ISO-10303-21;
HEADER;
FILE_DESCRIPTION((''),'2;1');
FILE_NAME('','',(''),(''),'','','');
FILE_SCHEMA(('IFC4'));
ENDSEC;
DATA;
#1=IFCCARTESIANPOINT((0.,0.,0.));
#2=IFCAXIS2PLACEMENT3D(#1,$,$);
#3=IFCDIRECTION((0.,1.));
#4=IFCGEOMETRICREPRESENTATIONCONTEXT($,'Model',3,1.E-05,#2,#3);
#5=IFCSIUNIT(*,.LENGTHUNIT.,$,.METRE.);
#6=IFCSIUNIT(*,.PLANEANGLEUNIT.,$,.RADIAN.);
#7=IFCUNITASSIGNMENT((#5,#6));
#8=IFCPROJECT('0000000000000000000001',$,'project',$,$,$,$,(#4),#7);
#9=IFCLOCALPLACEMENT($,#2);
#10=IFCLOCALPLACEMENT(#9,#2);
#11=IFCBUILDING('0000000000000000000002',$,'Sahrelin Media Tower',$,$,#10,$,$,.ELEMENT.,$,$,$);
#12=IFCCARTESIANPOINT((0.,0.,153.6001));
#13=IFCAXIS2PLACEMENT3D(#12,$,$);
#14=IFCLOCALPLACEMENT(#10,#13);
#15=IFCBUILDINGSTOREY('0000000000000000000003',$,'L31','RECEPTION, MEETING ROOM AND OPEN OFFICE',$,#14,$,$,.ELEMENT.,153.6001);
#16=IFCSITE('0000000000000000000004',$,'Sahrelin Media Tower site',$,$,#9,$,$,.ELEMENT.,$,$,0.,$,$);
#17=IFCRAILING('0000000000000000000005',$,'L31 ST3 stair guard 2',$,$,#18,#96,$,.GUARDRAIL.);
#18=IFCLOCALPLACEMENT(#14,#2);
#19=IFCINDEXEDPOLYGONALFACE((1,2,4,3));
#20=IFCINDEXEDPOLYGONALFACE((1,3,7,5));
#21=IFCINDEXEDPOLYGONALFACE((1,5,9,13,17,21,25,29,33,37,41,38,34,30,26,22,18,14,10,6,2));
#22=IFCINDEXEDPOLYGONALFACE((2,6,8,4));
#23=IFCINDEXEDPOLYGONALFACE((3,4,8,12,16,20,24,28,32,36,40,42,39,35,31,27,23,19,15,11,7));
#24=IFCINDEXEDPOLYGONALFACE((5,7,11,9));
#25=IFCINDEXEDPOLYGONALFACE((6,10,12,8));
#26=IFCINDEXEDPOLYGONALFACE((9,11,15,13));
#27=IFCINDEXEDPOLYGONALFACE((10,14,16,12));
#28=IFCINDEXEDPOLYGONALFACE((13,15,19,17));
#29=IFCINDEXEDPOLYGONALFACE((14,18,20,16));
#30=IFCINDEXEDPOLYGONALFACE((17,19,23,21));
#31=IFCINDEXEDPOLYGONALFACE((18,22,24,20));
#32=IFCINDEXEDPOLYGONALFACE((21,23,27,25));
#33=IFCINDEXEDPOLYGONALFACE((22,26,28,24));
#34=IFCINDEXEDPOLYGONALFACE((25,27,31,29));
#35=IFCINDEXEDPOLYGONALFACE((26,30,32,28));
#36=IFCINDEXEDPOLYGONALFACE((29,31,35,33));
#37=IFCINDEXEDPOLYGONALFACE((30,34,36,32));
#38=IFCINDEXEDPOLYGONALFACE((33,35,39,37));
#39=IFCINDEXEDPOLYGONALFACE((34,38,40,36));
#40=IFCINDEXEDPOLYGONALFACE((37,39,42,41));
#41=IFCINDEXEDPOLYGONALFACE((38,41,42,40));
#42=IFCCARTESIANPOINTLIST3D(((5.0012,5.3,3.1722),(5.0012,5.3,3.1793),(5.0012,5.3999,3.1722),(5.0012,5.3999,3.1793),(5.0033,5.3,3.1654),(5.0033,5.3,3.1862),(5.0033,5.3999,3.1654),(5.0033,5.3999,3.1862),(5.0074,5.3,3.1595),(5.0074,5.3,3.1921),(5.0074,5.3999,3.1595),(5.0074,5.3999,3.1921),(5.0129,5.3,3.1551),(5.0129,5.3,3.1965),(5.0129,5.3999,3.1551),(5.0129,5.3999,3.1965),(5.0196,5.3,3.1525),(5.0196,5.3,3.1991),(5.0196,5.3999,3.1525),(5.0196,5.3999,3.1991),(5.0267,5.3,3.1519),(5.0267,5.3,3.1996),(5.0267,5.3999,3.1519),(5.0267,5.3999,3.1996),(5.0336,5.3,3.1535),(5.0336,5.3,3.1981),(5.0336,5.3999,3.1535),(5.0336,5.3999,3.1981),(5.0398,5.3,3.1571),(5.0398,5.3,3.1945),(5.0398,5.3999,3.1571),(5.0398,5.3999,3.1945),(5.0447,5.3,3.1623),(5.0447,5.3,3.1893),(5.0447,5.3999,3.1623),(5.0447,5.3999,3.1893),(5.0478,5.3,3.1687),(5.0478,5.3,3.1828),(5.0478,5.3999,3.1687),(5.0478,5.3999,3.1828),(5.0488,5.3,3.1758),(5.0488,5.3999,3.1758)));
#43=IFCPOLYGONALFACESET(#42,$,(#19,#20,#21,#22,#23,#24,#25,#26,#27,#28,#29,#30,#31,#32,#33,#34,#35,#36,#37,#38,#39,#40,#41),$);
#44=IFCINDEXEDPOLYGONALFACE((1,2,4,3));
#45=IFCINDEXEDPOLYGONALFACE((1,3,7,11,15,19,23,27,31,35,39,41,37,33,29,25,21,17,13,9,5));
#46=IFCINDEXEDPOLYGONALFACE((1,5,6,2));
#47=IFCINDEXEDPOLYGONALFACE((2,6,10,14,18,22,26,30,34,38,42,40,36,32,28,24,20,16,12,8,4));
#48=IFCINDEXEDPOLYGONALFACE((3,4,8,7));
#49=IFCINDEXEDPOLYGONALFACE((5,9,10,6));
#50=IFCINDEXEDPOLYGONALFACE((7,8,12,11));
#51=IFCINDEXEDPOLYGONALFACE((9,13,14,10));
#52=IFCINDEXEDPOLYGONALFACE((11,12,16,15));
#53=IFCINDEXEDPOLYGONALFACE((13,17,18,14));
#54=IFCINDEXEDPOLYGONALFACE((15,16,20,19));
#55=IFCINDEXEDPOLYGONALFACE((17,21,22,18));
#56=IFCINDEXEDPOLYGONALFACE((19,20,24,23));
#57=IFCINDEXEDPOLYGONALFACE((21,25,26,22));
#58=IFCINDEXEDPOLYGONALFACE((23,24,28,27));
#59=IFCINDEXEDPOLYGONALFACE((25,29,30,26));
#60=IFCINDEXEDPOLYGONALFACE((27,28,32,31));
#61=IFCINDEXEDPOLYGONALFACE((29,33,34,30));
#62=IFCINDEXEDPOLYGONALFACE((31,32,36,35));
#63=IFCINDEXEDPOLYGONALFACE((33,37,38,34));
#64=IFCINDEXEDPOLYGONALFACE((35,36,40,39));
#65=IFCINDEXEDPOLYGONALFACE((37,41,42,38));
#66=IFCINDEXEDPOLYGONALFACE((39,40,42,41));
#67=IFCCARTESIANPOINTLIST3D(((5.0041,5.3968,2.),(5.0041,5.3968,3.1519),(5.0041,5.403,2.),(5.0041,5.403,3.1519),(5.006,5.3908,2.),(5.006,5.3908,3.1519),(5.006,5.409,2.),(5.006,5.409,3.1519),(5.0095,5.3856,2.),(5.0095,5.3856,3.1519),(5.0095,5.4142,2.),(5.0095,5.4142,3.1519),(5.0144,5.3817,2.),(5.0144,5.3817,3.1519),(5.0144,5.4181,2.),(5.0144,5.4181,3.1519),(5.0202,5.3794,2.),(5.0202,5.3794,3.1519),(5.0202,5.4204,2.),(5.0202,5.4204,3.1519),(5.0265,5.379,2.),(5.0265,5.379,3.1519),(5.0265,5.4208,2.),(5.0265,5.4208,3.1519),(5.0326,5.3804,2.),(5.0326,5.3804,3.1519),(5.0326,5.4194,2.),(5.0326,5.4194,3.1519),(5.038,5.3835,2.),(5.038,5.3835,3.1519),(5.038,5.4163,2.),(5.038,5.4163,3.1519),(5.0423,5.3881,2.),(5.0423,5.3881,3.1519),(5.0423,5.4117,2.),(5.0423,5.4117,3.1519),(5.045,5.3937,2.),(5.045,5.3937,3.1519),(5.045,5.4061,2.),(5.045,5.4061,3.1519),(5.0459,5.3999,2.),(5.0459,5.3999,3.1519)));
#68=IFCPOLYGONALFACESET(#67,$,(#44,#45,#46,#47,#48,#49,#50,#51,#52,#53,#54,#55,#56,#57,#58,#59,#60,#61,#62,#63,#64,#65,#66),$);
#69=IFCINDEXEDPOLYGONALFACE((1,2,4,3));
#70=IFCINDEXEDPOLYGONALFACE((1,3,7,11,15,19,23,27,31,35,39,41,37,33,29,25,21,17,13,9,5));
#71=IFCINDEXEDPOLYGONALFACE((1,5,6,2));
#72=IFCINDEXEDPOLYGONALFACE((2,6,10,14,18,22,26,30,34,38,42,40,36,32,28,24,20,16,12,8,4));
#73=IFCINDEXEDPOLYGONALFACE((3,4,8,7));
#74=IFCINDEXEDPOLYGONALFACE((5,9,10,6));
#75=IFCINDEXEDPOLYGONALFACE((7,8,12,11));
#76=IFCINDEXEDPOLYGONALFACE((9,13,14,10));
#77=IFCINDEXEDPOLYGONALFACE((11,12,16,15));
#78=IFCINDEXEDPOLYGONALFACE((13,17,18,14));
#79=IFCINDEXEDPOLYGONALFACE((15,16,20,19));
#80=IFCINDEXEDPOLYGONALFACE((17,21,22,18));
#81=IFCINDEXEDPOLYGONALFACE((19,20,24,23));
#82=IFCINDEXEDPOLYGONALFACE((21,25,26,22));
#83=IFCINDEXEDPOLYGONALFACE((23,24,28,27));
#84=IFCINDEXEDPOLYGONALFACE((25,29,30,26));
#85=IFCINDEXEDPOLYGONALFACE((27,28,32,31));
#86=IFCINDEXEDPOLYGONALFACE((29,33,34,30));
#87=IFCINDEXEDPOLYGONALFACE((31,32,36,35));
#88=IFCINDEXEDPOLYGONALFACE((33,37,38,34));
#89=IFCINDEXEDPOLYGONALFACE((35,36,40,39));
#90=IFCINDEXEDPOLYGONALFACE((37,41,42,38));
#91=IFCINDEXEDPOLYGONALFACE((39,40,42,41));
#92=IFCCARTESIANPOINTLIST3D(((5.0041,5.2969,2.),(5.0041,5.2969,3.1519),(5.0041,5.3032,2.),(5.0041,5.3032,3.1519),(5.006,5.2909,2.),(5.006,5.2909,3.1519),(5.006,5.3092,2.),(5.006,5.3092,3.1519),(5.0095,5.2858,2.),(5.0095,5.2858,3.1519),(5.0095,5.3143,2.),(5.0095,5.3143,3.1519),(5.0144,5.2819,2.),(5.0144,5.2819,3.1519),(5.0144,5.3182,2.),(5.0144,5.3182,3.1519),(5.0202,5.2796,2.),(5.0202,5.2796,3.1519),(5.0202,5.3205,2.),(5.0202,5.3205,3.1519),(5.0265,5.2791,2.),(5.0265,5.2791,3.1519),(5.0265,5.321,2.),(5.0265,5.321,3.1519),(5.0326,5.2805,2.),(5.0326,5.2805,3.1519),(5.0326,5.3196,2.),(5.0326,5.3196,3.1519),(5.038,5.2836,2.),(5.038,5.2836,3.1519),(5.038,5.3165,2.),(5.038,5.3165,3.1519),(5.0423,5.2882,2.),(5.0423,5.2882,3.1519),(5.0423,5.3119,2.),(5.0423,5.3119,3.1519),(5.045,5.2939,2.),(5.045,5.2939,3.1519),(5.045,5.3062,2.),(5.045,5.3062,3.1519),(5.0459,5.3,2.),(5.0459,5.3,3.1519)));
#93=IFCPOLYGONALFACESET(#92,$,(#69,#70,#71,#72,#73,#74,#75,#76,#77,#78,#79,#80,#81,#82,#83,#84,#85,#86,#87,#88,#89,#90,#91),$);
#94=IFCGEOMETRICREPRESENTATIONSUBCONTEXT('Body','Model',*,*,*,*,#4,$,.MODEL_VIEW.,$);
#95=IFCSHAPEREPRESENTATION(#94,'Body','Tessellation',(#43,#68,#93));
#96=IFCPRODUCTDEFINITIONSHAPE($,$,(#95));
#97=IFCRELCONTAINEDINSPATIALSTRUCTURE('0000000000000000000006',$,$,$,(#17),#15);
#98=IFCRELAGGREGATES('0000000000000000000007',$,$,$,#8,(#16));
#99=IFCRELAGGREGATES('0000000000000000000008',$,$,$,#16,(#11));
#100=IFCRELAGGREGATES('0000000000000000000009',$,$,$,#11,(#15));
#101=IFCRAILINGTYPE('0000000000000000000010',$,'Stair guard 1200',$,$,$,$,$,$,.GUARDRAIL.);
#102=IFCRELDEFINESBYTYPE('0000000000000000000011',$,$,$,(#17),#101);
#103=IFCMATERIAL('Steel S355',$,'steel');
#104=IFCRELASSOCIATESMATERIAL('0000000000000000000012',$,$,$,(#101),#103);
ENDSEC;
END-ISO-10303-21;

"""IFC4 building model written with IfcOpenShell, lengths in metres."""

from ifc_helpers import new_model, si_unit, direction, frame, origin, origin_2d, place, context, subcontext, project, spatial, circle, extrude, material, type_object, element, save


model = new_model("IFC4")

# Units and contexts
model_context = context("Model", 3, precision=1e-05, world=origin(), true_north=direction((0.0, 1.0)))
body_context = subcontext(model_context, "Body", "Model", "MODEL_VIEW")
ifc_project = project(units=[si_unit("LENGTHUNIT", "METRE"), si_unit("PLANEANGLEUNIT", "RADIAN")], contexts=[model_context])

# Site, building, storey
site_placement = place(None, origin())
site = spatial("IfcSite", under=ifc_project, at=site_placement, Name="Sahrelin Media Tower site", CompositionType="ELEMENT", RefElevation=0.0)
building_placement = place(site_placement, origin())
building = spatial("IfcBuilding", under=site, at=building_placement, Name="Sahrelin Media Tower", CompositionType="ELEMENT")
storey_placement = place(building_placement, frame((0.0, 0.0, 153.6001)))
storey = spatial("IfcBuildingStorey", under=building, at=storey_placement, Name="L31", Description="RECEPTION, MEETING ROOM AND OPEN OFFICE", CompositionType="ELEMENT", Elevation=153.6001)

# Shared definitions
ifc_material_1 = material(Name="Steel S355", Category="steel")

# Railing
railing_type_1 = type_object("IfcRailingType", Name="Stair guard 1200", PredefinedType="GUARDRAIL", material=ifc_material_1)
railing_1_placement = place(storey_placement, frame((5.0249, 5.3999, 2.0)))
element("IfcRailing", 1, at=railing_1_placement, inside=storey, type_object=railing_type_1, Name="L31 ST3 stair guard 2", PredefinedType="GUARDRAIL", context=body_context, shape_type="SweptSolid", body=[
    extrude(circle(Radius=0.0239, at=origin_2d()), frame((0.0, 0.0, 1.1758), z_axis=(0.0, -1.0, 0.0), x_axis=(1.0, 0.0, 0.0)), (0.0, 0.0, 1.0), 0.0999),
    extrude(circle(Radius=0.021, at=origin_2d()), origin(), (0.0, 0.0, 1.0), 1.1519),
    extrude(circle(Radius=0.021, at=origin_2d()), frame((0.0, -0.0999, 0.0)), (0.0, 0.0, 1.0), 1.1519),
])

save(model, "model.ifc")
